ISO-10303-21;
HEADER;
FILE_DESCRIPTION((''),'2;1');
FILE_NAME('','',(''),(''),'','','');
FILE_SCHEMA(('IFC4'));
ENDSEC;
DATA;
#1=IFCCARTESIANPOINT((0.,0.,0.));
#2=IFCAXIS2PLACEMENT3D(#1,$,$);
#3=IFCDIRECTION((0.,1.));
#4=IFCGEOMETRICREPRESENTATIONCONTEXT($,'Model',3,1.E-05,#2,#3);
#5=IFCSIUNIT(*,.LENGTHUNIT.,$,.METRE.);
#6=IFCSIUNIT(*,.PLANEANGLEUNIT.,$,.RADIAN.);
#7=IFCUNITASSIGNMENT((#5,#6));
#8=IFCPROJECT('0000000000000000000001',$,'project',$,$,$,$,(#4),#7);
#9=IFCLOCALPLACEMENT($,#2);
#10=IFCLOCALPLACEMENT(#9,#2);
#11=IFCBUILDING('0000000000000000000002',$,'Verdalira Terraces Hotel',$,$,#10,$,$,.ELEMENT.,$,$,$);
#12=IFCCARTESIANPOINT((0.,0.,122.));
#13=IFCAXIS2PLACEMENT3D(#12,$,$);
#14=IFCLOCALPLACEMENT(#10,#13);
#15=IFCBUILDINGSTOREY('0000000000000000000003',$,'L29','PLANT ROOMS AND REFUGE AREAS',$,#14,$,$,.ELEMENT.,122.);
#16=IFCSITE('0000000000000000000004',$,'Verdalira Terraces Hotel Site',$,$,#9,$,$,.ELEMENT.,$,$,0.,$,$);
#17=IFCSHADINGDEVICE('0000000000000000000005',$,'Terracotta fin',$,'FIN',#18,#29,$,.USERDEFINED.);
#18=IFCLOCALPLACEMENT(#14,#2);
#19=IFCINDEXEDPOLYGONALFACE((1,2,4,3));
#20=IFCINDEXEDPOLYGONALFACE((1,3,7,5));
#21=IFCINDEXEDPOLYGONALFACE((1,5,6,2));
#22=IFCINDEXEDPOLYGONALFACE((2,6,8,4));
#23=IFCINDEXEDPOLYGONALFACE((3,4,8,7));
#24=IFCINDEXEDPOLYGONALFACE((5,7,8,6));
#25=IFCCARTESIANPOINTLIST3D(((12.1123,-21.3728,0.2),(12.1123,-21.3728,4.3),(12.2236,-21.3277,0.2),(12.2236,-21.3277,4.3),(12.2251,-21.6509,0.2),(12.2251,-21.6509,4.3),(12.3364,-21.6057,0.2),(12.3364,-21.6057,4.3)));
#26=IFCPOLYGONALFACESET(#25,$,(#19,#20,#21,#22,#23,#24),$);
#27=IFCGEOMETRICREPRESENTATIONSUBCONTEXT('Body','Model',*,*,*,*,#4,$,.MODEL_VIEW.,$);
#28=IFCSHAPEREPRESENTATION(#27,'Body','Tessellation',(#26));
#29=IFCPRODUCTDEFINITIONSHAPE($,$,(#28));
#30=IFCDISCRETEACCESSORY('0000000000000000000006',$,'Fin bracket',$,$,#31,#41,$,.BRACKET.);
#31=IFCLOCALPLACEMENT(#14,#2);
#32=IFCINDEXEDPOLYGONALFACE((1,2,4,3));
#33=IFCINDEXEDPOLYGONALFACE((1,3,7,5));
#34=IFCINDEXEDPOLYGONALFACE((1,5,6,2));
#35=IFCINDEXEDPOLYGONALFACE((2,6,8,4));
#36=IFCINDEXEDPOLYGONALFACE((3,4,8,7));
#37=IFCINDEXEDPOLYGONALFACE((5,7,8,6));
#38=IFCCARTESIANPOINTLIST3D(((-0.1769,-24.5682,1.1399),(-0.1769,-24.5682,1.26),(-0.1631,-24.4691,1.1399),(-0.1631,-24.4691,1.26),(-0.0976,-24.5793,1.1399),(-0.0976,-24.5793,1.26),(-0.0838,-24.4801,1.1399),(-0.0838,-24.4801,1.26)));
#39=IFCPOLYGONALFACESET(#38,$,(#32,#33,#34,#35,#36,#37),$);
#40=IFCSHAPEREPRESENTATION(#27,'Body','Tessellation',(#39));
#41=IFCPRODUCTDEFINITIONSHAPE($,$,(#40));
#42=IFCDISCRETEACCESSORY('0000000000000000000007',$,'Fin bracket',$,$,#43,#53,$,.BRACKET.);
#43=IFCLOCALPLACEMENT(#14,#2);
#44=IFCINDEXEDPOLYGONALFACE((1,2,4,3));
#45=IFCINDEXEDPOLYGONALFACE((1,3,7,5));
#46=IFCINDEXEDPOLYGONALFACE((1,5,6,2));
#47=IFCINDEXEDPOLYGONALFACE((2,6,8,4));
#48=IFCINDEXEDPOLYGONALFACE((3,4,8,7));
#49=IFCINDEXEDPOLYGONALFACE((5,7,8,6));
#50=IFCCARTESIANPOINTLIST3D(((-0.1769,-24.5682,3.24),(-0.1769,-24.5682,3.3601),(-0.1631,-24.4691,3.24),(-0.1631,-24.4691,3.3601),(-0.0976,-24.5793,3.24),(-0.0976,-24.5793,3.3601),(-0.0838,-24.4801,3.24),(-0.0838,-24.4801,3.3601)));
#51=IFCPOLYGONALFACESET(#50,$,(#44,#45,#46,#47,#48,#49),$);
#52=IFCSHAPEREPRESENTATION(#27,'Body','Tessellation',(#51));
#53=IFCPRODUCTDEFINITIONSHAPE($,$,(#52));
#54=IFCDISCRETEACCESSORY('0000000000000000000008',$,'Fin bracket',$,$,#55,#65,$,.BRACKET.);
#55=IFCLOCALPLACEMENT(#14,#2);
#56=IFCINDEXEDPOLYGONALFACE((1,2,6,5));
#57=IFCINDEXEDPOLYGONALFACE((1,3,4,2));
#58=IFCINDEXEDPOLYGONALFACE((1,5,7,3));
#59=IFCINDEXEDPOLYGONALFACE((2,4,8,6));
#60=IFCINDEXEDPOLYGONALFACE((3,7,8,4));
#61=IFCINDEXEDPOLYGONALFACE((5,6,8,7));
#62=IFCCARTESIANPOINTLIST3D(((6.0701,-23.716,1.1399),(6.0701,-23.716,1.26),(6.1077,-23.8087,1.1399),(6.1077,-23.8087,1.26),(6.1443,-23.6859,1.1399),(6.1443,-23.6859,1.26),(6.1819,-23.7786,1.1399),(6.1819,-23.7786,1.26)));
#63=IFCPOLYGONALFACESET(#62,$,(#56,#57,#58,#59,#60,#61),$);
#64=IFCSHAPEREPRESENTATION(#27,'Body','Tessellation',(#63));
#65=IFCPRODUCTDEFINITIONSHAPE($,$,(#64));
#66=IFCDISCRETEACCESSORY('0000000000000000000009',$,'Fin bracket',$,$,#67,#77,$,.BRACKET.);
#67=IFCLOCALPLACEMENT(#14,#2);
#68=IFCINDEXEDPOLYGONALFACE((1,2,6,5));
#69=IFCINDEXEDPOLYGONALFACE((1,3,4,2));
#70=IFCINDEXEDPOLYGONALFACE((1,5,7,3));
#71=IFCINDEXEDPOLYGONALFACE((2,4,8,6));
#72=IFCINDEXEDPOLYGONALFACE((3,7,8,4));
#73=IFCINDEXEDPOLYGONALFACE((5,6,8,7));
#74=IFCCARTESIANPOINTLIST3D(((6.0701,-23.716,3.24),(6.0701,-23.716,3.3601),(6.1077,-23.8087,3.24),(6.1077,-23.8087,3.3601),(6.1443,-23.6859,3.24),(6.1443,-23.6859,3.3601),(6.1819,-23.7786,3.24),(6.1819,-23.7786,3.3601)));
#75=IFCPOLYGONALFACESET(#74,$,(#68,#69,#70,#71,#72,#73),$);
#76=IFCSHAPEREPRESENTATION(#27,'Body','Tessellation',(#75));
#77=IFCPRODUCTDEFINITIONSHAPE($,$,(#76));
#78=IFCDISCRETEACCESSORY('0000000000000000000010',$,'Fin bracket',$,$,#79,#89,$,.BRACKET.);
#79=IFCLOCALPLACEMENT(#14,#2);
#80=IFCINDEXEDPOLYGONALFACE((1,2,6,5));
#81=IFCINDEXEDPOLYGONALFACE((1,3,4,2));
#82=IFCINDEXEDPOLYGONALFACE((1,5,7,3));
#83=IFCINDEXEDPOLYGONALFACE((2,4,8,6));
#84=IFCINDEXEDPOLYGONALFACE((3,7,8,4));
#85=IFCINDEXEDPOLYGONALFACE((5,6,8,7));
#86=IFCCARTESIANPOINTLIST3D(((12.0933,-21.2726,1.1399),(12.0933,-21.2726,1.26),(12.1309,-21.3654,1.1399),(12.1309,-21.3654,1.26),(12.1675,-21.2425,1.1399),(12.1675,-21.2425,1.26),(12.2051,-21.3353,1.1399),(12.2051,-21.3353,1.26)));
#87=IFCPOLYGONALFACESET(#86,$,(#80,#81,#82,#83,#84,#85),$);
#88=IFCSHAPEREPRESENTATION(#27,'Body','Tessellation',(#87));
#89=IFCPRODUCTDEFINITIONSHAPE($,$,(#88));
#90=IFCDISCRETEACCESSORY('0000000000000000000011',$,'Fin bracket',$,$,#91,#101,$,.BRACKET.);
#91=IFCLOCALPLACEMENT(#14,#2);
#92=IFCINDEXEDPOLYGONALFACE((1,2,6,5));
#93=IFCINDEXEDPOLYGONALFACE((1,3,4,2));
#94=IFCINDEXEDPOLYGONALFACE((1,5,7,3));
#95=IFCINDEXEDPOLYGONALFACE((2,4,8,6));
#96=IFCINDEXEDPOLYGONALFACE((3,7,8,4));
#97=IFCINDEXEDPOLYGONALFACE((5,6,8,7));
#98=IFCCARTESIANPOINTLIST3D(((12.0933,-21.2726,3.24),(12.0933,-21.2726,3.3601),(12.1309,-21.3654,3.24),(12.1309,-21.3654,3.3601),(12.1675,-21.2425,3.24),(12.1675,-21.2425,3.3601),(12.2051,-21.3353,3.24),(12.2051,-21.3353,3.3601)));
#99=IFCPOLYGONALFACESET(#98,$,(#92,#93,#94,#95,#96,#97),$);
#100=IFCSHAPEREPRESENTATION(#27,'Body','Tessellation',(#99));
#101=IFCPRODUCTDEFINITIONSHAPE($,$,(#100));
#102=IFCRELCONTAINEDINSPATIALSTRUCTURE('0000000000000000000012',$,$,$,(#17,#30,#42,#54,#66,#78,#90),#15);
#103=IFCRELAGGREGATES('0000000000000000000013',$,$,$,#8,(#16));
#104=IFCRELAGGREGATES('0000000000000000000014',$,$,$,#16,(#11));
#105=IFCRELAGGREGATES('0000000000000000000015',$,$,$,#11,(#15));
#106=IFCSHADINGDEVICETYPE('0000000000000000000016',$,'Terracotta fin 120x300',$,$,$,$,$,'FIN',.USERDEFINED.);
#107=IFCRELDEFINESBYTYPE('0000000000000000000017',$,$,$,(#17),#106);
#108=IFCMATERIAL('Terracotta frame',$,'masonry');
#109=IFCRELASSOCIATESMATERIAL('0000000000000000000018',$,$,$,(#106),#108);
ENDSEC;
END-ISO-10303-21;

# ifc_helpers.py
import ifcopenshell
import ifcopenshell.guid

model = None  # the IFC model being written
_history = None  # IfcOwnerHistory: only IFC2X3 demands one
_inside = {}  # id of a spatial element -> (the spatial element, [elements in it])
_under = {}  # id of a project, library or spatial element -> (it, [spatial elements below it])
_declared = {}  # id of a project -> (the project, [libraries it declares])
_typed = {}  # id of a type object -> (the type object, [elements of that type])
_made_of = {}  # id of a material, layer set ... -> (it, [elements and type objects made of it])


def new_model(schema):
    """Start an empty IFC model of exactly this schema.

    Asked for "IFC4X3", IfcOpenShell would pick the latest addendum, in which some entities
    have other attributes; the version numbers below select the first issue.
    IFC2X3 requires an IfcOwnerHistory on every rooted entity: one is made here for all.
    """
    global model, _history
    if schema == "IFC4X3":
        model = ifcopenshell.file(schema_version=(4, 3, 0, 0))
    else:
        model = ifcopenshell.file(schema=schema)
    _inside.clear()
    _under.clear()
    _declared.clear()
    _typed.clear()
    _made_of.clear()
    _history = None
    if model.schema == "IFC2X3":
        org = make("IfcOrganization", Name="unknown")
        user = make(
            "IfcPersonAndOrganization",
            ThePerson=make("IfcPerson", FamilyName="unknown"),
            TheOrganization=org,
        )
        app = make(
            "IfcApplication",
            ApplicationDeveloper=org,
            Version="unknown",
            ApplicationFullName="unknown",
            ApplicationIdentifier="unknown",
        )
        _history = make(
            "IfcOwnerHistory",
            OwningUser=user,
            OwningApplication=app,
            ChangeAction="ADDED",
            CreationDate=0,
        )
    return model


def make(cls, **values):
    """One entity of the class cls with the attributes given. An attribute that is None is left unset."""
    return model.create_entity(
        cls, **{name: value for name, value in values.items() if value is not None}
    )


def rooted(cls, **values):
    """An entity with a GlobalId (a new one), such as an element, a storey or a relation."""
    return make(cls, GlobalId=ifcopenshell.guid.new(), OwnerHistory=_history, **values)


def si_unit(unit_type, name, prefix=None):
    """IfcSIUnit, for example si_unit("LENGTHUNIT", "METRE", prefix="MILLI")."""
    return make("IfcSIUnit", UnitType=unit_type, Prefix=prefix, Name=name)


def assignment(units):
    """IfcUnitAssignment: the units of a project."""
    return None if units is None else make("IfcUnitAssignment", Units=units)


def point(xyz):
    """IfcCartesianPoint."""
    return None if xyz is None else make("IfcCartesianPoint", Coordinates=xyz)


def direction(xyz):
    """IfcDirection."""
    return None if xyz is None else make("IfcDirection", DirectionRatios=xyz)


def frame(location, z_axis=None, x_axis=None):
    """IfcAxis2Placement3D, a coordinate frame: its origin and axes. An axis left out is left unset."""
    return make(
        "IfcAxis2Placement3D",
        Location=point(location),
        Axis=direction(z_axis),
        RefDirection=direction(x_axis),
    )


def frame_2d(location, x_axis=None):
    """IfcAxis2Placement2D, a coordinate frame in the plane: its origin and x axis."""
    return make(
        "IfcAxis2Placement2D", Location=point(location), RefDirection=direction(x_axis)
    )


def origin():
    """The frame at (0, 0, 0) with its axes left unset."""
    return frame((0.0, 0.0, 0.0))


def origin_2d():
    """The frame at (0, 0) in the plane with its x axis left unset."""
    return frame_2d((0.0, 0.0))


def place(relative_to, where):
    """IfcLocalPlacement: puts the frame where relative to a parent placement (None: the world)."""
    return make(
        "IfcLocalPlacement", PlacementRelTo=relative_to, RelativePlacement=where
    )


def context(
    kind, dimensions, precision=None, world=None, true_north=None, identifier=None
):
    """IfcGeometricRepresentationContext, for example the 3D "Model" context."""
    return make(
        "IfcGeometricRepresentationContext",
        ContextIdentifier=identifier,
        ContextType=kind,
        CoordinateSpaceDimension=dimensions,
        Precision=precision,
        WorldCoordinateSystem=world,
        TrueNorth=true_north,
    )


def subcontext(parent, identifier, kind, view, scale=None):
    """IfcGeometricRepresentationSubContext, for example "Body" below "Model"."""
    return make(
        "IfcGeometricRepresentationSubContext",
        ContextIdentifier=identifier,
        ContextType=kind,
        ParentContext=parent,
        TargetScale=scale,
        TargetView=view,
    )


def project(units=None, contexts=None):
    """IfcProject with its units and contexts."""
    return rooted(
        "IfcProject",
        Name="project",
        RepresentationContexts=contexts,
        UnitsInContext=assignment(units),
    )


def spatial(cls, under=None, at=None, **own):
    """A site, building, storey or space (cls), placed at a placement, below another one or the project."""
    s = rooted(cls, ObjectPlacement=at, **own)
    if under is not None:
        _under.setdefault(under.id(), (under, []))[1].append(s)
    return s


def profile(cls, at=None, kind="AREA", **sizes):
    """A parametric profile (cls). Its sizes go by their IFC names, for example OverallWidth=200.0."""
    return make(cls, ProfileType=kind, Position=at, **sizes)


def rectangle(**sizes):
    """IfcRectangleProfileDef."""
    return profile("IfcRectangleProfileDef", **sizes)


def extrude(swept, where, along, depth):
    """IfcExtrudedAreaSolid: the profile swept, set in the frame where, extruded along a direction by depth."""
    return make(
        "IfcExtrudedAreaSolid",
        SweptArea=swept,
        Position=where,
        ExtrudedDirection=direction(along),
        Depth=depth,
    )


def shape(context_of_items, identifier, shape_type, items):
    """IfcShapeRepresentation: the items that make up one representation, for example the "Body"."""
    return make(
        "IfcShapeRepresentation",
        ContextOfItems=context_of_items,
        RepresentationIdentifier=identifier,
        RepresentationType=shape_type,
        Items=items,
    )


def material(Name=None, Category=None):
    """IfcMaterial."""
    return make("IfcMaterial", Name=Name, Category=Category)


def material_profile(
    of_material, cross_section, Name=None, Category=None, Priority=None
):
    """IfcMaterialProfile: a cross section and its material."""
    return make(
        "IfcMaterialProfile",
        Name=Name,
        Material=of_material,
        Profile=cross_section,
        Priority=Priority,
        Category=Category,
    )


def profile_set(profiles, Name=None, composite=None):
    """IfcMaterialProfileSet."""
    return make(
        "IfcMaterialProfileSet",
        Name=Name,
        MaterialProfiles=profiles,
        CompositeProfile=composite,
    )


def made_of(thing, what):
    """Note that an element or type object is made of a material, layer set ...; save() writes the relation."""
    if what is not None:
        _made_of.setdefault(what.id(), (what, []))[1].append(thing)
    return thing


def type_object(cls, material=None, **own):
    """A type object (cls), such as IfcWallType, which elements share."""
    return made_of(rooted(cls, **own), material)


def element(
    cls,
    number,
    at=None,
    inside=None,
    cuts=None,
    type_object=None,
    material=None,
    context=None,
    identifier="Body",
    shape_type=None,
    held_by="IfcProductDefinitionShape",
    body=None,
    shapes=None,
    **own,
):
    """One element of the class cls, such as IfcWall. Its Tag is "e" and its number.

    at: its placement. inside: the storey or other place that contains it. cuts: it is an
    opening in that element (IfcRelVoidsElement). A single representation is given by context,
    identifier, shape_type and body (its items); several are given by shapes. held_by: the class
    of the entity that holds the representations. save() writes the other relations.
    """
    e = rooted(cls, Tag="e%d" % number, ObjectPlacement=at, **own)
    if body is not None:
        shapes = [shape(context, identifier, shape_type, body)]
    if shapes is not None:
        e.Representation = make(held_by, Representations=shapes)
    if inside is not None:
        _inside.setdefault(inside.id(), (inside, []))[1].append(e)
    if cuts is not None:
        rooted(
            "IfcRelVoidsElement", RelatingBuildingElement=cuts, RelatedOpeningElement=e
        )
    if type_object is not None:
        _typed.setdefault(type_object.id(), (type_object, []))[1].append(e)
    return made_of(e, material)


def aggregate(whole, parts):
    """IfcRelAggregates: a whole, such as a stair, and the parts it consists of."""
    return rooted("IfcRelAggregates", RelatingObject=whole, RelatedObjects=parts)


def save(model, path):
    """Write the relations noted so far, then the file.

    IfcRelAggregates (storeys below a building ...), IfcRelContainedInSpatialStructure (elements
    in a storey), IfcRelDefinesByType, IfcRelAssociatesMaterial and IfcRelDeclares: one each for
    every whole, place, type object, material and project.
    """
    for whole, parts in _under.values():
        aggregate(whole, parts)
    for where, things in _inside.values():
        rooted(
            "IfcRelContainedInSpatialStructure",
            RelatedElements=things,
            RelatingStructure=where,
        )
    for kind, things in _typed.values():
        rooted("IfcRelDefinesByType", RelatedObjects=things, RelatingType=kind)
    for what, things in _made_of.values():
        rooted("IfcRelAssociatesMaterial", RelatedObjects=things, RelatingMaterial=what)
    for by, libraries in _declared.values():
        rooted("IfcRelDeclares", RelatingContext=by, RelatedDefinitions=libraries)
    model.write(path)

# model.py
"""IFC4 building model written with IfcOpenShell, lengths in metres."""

from ifc_helpers import new_model, si_unit, direction, frame, origin, origin_2d, place, context, subcontext, project, spatial, rectangle, extrude, material, material_profile, profile_set, type_object, element, save


model = new_model("IFC4")

# Units and contexts
model_context = context("Model", 3, precision=1e-05, world=origin(), true_north=direction((0.0, 1.0)))
body_context = subcontext(model_context, "Body", "Model", "MODEL_VIEW")
ifc_project = project(units=[si_unit("LENGTHUNIT", "METRE"), si_unit("PLANEANGLEUNIT", "RADIAN")], contexts=[model_context])

# Site, building, storey
site_placement = place(None, origin())
site = spatial("IfcSite", under=ifc_project, at=site_placement, Name="Verdalira Terraces Hotel Site", CompositionType="ELEMENT", RefElevation=0.0)
building_placement = place(site_placement, origin())
building = spatial("IfcBuilding", under=site, at=building_placement, Name="Verdalira Terraces Hotel", CompositionType="ELEMENT")
storey_placement = place(building_placement, frame((0.0, 0.0, 122.0)))
storey = spatial("IfcBuildingStorey", under=building, at=storey_placement, Name="L29", Description="PLANT ROOMS AND REFUGE AREAS", CompositionType="ELEMENT", Elevation=122.0)

# Shading device
ifc_material_1 = material(Name="Terracotta frame", Category="masonry")
ifc_material_profile_1 = material_profile(ifc_material_1, rectangle(XDim=0.1201, YDim=0.3, at=origin_2d()), Name="FIN 120x300")
ifc_profile_set_1 = profile_set([ifc_material_profile_1], Name="Terracotta frame")
shading_device_type = type_object("IfcShadingDeviceType", Name="Terracotta fin 120x300", ElementType="FIN", PredefinedType="USERDEFINED", material=ifc_profile_set_1)
for number, where, z_axis, x_axis, name in (
    (1, (12.2244, -21.4893, 0.2), (0.0, 0.0, 1.0), (0.92666, 0.375901, 0.0), "Terracotta fin"),
):
    element("IfcShadingDevice", number, at=place(storey_placement, frame(where, z_axis=z_axis, x_axis=x_axis)), inside=storey, type_object=shading_device_type, Name=name, ObjectType="FIN", PredefinedType="USERDEFINED", context=body_context, shape_type="SweptSolid", body=[
        extrude(rectangle(XDim=0.1201, YDim=0.3, at=origin_2d()), origin(), (0.0, 0.0, 1.0), 4.1001),
    ])

# Discrete accessories
for number, where, z_axis, x_axis, name in (
    (2, (-0.1304, -24.5242, 1.1399), (0.0, 0.0, 1.0), (0.990461, -0.13779, 0.0), "Fin bracket"),
    (3, (-0.1304, -24.5242, 3.24), (0.0, 0.0, 1.0), (0.990461, -0.13779, 0.0), "Fin bracket"),
    (4, (6.126, -23.7473, 1.1399), (0.0, 0.0, 1.0), (0.92666, 0.375901, 0.0), "Fin bracket"),
    (5, (6.126, -23.7473, 3.24), (0.0, 0.0, 1.0), (0.92666, 0.375901, 0.0), "Fin bracket"),
    (6, (12.1492, -21.304, 1.1399), (0.0, 0.0, 1.0), (0.92666, 0.375901, 0.0), "Fin bracket"),
    (7, (12.1492, -21.304, 3.24), (0.0, 0.0, 1.0), (0.92666, 0.375901, 0.0), "Fin bracket"),
):
    element("IfcDiscreteAccessory", number, at=place(storey_placement, frame(where, z_axis=z_axis, x_axis=x_axis)), inside=storey, Name=name, PredefinedType="BRACKET", context=body_context, shape_type="SweptSolid", body=[
        extrude(rectangle(XDim=0.0801, YDim=0.1001, at=origin_2d()), origin(), (0.0, 0.0, 1.0), 0.1201),
    ])

save(model, "model.ifc")
